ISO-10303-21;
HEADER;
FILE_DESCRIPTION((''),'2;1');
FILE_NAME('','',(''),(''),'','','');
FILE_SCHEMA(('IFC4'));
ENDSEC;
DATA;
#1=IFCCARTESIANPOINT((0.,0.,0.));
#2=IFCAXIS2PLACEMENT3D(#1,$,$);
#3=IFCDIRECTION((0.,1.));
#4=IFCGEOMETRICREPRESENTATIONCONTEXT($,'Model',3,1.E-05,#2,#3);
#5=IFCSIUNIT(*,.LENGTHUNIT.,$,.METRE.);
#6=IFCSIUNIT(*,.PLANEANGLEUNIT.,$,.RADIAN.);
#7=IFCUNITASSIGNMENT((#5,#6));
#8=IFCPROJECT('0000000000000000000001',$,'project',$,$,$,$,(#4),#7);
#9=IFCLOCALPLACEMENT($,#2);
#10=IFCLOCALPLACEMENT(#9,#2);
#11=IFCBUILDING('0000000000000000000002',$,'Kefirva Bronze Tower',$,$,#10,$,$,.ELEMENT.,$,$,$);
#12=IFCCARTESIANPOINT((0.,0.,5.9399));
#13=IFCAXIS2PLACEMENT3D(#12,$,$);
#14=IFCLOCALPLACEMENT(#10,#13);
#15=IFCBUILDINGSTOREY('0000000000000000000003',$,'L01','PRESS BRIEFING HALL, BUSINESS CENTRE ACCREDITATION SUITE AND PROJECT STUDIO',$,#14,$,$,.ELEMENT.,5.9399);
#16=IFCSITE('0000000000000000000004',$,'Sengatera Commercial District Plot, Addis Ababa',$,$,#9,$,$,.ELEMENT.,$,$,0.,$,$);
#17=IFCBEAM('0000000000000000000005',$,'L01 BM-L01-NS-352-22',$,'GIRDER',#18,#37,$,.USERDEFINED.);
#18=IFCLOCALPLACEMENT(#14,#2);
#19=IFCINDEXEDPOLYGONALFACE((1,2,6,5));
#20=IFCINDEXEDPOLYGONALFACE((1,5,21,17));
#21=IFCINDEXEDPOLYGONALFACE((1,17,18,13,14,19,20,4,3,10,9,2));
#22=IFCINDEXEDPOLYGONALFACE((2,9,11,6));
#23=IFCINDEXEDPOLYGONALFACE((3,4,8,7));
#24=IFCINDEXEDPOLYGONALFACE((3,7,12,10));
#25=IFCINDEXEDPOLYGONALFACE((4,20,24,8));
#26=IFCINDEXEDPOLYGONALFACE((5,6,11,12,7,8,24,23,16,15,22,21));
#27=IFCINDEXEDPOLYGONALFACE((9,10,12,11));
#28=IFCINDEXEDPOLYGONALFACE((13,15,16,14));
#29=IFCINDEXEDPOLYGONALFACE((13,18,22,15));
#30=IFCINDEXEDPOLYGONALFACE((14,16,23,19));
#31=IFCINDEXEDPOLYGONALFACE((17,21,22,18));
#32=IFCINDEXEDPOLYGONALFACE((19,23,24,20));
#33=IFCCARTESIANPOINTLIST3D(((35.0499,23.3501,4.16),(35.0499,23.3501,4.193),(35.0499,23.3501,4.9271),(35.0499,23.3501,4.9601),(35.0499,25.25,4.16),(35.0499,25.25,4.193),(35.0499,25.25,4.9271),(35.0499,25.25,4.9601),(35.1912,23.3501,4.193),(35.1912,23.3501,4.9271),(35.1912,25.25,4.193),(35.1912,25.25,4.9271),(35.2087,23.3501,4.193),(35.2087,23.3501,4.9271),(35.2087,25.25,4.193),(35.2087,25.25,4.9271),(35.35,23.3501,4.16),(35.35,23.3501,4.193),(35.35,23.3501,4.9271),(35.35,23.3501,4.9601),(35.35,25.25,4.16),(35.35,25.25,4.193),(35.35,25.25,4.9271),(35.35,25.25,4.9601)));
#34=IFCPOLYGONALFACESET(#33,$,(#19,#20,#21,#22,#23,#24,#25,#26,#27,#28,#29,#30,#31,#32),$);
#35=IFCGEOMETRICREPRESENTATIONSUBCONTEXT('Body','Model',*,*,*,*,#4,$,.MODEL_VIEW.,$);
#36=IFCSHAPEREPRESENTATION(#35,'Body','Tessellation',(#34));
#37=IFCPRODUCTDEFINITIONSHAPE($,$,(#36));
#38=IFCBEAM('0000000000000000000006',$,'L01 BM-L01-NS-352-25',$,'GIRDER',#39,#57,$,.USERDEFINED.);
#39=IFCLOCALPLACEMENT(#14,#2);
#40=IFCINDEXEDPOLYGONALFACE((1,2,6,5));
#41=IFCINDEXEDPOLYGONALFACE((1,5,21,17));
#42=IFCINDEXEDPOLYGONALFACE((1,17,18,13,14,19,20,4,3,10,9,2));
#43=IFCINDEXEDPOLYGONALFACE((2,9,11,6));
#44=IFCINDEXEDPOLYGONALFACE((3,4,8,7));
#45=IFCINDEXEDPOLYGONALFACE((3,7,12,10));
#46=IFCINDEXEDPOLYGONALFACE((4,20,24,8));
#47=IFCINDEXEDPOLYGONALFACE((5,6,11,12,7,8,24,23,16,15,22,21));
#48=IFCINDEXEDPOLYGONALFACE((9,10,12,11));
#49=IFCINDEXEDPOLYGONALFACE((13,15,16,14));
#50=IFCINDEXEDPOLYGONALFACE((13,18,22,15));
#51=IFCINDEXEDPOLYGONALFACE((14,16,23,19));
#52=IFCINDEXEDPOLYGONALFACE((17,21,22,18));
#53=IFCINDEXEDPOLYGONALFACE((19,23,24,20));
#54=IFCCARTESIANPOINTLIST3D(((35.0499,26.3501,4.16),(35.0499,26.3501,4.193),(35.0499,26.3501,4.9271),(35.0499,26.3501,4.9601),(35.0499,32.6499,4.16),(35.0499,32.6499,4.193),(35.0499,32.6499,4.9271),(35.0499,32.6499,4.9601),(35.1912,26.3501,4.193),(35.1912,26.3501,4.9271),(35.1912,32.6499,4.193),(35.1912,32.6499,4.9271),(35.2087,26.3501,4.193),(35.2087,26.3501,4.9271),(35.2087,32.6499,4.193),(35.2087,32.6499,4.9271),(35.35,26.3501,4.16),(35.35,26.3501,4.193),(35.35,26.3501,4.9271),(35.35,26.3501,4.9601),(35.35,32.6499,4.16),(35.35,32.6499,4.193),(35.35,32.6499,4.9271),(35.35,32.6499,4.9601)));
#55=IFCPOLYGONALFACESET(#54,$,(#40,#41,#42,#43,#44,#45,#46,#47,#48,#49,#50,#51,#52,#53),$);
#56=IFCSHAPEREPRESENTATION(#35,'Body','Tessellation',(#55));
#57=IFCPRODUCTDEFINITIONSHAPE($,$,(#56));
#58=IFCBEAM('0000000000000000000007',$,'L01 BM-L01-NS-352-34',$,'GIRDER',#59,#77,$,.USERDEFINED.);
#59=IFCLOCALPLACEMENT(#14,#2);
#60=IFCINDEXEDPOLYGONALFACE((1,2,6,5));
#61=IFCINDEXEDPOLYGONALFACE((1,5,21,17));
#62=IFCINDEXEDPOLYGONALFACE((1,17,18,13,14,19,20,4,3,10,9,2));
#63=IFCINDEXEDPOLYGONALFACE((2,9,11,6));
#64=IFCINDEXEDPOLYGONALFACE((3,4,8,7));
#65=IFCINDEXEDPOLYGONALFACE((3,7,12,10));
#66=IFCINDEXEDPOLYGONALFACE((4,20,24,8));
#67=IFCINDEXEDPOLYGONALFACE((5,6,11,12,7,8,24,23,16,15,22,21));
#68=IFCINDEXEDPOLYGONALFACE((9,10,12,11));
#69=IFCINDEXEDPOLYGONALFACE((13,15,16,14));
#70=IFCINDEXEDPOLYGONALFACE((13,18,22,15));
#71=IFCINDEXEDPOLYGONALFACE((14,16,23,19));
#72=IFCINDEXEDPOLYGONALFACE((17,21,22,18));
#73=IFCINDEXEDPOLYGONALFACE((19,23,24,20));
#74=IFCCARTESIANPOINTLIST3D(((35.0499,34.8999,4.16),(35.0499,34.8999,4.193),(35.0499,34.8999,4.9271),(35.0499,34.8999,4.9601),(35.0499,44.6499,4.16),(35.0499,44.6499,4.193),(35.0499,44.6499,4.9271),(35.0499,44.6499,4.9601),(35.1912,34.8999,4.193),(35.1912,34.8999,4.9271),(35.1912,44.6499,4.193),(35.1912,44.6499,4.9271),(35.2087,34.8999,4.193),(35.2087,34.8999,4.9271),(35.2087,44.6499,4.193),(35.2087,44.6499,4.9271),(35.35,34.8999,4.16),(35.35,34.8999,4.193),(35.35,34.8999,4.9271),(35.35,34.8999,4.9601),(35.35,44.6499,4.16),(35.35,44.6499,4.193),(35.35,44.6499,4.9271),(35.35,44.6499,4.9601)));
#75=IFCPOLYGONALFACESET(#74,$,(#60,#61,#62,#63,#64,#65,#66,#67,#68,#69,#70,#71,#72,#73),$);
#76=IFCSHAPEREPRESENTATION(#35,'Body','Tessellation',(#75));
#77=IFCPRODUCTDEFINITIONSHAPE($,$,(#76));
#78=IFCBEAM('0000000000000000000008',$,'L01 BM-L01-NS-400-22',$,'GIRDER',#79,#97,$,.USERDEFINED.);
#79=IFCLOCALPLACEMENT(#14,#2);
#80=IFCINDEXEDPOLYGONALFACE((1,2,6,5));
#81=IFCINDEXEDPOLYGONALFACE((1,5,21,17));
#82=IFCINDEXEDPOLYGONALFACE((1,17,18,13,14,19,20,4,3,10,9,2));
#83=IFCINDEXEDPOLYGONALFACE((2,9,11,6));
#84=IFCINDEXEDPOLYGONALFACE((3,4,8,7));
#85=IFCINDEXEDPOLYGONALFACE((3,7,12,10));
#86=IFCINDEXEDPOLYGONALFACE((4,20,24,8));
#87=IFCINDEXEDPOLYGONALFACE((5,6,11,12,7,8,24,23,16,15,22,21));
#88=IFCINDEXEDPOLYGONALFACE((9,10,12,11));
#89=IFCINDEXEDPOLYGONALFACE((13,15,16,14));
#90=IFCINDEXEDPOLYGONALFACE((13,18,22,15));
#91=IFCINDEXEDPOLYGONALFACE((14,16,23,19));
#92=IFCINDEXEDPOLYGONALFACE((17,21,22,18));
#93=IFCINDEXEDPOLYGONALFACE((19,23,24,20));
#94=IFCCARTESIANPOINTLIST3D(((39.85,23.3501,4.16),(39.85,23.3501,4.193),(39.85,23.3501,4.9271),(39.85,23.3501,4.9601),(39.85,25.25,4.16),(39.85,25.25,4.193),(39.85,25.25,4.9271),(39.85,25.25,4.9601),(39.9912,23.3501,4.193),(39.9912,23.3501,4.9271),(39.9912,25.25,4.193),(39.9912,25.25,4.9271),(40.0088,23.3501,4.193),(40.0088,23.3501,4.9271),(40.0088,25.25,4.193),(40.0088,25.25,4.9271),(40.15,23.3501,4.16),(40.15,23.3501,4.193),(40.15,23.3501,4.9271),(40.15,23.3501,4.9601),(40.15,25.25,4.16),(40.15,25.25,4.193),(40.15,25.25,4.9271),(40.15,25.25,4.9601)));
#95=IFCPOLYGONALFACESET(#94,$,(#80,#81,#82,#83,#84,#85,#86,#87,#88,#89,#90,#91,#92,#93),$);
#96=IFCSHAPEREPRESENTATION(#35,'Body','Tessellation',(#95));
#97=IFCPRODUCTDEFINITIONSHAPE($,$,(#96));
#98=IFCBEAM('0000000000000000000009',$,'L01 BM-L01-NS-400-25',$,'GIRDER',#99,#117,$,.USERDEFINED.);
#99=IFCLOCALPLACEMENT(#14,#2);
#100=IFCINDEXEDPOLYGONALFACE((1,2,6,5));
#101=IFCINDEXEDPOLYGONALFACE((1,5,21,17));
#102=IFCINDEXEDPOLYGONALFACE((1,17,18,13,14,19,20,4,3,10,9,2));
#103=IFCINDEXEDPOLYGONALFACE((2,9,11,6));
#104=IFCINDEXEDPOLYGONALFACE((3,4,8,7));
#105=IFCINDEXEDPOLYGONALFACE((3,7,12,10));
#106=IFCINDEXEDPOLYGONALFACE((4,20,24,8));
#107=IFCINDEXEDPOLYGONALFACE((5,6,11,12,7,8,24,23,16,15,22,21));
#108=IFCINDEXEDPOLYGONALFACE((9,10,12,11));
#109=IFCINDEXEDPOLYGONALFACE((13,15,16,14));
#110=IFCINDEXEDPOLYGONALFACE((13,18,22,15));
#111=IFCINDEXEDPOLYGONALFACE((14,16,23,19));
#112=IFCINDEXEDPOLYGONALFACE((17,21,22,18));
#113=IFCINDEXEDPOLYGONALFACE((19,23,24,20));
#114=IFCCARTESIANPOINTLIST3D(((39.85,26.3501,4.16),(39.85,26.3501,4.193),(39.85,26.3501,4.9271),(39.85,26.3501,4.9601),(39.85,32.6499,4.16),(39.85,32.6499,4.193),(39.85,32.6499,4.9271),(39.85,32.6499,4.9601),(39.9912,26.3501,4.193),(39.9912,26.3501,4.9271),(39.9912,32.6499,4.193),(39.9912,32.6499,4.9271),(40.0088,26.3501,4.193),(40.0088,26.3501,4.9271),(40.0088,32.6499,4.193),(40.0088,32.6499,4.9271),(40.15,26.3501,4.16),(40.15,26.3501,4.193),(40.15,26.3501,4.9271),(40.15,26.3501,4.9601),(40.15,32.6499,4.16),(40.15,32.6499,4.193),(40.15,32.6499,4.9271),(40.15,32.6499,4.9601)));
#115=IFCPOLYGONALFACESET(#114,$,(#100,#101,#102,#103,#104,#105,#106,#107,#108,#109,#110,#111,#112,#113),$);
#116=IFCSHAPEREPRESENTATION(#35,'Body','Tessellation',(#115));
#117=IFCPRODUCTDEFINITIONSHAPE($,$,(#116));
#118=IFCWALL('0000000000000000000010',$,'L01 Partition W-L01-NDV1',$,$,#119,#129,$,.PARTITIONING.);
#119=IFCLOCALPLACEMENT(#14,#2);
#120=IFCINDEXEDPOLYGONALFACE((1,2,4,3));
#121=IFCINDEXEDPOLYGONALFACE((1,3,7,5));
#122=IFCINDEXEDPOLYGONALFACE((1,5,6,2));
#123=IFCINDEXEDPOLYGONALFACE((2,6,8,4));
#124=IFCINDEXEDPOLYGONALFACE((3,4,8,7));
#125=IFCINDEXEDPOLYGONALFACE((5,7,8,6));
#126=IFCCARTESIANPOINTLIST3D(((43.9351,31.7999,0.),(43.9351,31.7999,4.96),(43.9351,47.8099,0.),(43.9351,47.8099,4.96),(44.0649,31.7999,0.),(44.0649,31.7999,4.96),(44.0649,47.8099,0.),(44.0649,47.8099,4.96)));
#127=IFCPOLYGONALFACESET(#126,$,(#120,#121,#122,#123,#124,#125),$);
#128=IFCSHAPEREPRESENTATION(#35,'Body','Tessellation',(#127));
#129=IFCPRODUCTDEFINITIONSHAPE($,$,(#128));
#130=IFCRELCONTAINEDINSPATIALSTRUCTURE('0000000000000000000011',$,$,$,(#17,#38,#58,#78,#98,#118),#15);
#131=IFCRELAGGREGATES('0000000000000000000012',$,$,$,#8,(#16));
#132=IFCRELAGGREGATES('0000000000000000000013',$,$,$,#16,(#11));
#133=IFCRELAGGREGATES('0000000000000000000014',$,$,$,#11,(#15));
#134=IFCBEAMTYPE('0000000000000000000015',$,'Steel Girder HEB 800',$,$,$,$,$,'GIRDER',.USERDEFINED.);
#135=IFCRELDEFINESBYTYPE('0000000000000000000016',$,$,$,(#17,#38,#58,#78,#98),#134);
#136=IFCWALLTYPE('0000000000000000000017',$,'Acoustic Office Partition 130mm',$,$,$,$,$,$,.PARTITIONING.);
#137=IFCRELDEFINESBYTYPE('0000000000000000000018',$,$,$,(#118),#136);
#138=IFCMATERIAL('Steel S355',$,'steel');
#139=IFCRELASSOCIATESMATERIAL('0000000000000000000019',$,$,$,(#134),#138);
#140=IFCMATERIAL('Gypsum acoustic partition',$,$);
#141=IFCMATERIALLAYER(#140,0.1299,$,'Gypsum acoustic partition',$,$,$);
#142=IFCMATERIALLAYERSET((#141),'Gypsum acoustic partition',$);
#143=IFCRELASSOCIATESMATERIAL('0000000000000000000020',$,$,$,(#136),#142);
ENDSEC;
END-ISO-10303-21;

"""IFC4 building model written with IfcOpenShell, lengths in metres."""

from ifc_helpers import new_model, si_unit, direction, frame, frame_2d, origin, origin_2d, place, context, subcontext, project, spatial, rectangle, i_section, extrude, material, layer, layer_set, material_profile, profile_set, type_object, element, save


model = new_model("IFC4")

# Units and contexts
model_context = context("Model", 3, precision=1e-05, world=origin(), true_north=direction((0.0, 1.0)))
body_context = subcontext(model_context, "Body", "Model", "MODEL_VIEW")
ifc_project = project(units=[si_unit("LENGTHUNIT", "METRE"), si_unit("PLANEANGLEUNIT", "RADIAN")], contexts=[model_context])

# Site, building, storey
site_placement = place(None, origin())
site = spatial("IfcSite", under=ifc_project, at=site_placement, Name="Sengatera Commercial District Plot, Addis Ababa", CompositionType="ELEMENT", RefElevation=0.0)
building_placement = place(site_placement, origin())
building = spatial("IfcBuilding", under=site, at=building_placement, Name="Kefirva Bronze Tower", CompositionType="ELEMENT")
storey_placement = place(building_placement, frame((0.0, 0.0, 5.9399)))
storey = spatial("IfcBuildingStorey", under=building, at=storey_placement, Name="L01", Description="PRESS BRIEFING HALL, BUSINESS CENTRE ACCREDITATION SUITE AND PROJECT STUDIO", CompositionType="ELEMENT", Elevation=5.9399)

# Beams
ifc_material_1 = material(Name="Steel S355", Category="steel")
ifc_material_profile_1 = material_profile(ifc_material_1, i_section(OverallWidth=0.3, OverallDepth=0.8, WebThickness=0.0176, FlangeThickness=0.033, at=origin_2d()), Name="HEB 800")
ifc_profile_set_1 = profile_set([ifc_material_profile_1], Name="Steel S355")
beam_type_1 = type_object("IfcBeamType", Name="Steel Girder HEB 800", ElementType="GIRDER", PredefinedType="USERDEFINED", material=ifc_profile_set_1)
beam_1_placement = place(storey_placement, frame((35.2, 23.3501, 4.5601), z_axis=(0.0, 1.0, 0.0), x_axis=(-1.0, 0.0, 0.0)))
element("IfcBeam", 1, at=beam_1_placement, inside=storey, type_object=beam_type_1, Name="L01 BM-L01-NS-352-22", ObjectType="GIRDER", PredefinedType="USERDEFINED", context=body_context, shape_type="SweptSolid", body=[
    extrude(i_section(OverallWidth=0.3, OverallDepth=0.8, WebThickness=0.0176, FlangeThickness=0.033, at=origin_2d()), origin(), (0.0, 0.0, 1.0), 1.8999),
])
beam_2_placement = place(storey_placement, frame((35.2, 26.3501, 4.5601), z_axis=(0.0, 1.0, 0.0), x_axis=(-1.0, 0.0, 0.0)))
element("IfcBeam", 2, at=beam_2_placement, inside=storey, type_object=beam_type_1, Name="L01 BM-L01-NS-352-25", ObjectType="GIRDER", PredefinedType="USERDEFINED", context=body_context, shape_type="SweptSolid", body=[
    extrude(i_section(OverallWidth=0.3, OverallDepth=0.8, WebThickness=0.0176, FlangeThickness=0.033, at=origin_2d()), origin(), (0.0, 0.0, 1.0), 6.2998),
])
beam_3_placement = place(storey_placement, frame((35.2, 34.8999, 4.5601), z_axis=(0.0, 1.0, 0.0), x_axis=(-1.0, 0.0, 0.0)))
element("IfcBeam", 3, at=beam_3_placement, inside=storey, type_object=beam_type_1, Name="L01 BM-L01-NS-352-34", ObjectType="GIRDER", PredefinedType="USERDEFINED", context=body_context, shape_type="SweptSolid", body=[
    extrude(i_section(OverallWidth=0.3, OverallDepth=0.8, WebThickness=0.0176, FlangeThickness=0.033, at=origin_2d()), origin(), (0.0, 0.0, 1.0), 9.75),
])
beam_4_placement = place(storey_placement, frame((40.0, 23.3501, 4.5601), z_axis=(0.0, 1.0, 0.0), x_axis=(-1.0, 0.0, 0.0)))
element("IfcBeam", 4, at=beam_4_placement, inside=storey, type_object=beam_type_1, Name="L01 BM-L01-NS-400-22", ObjectType="GIRDER", PredefinedType="USERDEFINED", context=body_context, shape_type="SweptSolid", body=[
    extrude(i_section(OverallWidth=0.3, OverallDepth=0.8, WebThickness=0.0176, FlangeThickness=0.033, at=origin_2d()), origin(), (0.0, 0.0, 1.0), 1.8999),
])
beam_5_placement = place(storey_placement, frame((40.0, 26.3501, 4.5601), z_axis=(0.0, 1.0, 0.0), x_axis=(-1.0, 0.0, 0.0)))
element("IfcBeam", 5, at=beam_5_placement, inside=storey, type_object=beam_type_1, Name="L01 BM-L01-NS-400-25", ObjectType="GIRDER", PredefinedType="USERDEFINED", context=body_context, shape_type="SweptSolid", body=[
    extrude(i_section(OverallWidth=0.3, OverallDepth=0.8, WebThickness=0.0176, FlangeThickness=0.033, at=origin_2d()), origin(), (0.0, 0.0, 1.0), 6.2998),
])

# Wall
ifc_material_2 = material(Name="Gypsum acoustic partition")
ifc_layer = layer(ifc_material_2, 0.1299, Name="Gypsum acoustic partition")
ifc_layer_set = layer_set([ifc_layer], Name="Gypsum acoustic partition")
wall_type = type_object("IfcWallType", Name="Acoustic Office Partition 130mm", PredefinedType="PARTITIONING", material=ifc_layer_set)
wall_placement = place(storey_placement, frame((44.0, 31.8, 0.0), z_axis=(0.0, 0.0, 1.0), x_axis=(0.0, 1.0, 0.0)))
element("IfcWall", 6, at=wall_placement, inside=storey, type_object=wall_type, Name="L01 Partition W-L01-NDV1", PredefinedType="PARTITIONING", context=body_context, shape_type="SweptSolid", body=[
    extrude(rectangle(XDim=16.01, YDim=0.1299, at=frame_2d((8.0049, 0.0))), origin(), (0.0, 0.0, 1.0), 4.96),
])

save(model, "model.ifc")
